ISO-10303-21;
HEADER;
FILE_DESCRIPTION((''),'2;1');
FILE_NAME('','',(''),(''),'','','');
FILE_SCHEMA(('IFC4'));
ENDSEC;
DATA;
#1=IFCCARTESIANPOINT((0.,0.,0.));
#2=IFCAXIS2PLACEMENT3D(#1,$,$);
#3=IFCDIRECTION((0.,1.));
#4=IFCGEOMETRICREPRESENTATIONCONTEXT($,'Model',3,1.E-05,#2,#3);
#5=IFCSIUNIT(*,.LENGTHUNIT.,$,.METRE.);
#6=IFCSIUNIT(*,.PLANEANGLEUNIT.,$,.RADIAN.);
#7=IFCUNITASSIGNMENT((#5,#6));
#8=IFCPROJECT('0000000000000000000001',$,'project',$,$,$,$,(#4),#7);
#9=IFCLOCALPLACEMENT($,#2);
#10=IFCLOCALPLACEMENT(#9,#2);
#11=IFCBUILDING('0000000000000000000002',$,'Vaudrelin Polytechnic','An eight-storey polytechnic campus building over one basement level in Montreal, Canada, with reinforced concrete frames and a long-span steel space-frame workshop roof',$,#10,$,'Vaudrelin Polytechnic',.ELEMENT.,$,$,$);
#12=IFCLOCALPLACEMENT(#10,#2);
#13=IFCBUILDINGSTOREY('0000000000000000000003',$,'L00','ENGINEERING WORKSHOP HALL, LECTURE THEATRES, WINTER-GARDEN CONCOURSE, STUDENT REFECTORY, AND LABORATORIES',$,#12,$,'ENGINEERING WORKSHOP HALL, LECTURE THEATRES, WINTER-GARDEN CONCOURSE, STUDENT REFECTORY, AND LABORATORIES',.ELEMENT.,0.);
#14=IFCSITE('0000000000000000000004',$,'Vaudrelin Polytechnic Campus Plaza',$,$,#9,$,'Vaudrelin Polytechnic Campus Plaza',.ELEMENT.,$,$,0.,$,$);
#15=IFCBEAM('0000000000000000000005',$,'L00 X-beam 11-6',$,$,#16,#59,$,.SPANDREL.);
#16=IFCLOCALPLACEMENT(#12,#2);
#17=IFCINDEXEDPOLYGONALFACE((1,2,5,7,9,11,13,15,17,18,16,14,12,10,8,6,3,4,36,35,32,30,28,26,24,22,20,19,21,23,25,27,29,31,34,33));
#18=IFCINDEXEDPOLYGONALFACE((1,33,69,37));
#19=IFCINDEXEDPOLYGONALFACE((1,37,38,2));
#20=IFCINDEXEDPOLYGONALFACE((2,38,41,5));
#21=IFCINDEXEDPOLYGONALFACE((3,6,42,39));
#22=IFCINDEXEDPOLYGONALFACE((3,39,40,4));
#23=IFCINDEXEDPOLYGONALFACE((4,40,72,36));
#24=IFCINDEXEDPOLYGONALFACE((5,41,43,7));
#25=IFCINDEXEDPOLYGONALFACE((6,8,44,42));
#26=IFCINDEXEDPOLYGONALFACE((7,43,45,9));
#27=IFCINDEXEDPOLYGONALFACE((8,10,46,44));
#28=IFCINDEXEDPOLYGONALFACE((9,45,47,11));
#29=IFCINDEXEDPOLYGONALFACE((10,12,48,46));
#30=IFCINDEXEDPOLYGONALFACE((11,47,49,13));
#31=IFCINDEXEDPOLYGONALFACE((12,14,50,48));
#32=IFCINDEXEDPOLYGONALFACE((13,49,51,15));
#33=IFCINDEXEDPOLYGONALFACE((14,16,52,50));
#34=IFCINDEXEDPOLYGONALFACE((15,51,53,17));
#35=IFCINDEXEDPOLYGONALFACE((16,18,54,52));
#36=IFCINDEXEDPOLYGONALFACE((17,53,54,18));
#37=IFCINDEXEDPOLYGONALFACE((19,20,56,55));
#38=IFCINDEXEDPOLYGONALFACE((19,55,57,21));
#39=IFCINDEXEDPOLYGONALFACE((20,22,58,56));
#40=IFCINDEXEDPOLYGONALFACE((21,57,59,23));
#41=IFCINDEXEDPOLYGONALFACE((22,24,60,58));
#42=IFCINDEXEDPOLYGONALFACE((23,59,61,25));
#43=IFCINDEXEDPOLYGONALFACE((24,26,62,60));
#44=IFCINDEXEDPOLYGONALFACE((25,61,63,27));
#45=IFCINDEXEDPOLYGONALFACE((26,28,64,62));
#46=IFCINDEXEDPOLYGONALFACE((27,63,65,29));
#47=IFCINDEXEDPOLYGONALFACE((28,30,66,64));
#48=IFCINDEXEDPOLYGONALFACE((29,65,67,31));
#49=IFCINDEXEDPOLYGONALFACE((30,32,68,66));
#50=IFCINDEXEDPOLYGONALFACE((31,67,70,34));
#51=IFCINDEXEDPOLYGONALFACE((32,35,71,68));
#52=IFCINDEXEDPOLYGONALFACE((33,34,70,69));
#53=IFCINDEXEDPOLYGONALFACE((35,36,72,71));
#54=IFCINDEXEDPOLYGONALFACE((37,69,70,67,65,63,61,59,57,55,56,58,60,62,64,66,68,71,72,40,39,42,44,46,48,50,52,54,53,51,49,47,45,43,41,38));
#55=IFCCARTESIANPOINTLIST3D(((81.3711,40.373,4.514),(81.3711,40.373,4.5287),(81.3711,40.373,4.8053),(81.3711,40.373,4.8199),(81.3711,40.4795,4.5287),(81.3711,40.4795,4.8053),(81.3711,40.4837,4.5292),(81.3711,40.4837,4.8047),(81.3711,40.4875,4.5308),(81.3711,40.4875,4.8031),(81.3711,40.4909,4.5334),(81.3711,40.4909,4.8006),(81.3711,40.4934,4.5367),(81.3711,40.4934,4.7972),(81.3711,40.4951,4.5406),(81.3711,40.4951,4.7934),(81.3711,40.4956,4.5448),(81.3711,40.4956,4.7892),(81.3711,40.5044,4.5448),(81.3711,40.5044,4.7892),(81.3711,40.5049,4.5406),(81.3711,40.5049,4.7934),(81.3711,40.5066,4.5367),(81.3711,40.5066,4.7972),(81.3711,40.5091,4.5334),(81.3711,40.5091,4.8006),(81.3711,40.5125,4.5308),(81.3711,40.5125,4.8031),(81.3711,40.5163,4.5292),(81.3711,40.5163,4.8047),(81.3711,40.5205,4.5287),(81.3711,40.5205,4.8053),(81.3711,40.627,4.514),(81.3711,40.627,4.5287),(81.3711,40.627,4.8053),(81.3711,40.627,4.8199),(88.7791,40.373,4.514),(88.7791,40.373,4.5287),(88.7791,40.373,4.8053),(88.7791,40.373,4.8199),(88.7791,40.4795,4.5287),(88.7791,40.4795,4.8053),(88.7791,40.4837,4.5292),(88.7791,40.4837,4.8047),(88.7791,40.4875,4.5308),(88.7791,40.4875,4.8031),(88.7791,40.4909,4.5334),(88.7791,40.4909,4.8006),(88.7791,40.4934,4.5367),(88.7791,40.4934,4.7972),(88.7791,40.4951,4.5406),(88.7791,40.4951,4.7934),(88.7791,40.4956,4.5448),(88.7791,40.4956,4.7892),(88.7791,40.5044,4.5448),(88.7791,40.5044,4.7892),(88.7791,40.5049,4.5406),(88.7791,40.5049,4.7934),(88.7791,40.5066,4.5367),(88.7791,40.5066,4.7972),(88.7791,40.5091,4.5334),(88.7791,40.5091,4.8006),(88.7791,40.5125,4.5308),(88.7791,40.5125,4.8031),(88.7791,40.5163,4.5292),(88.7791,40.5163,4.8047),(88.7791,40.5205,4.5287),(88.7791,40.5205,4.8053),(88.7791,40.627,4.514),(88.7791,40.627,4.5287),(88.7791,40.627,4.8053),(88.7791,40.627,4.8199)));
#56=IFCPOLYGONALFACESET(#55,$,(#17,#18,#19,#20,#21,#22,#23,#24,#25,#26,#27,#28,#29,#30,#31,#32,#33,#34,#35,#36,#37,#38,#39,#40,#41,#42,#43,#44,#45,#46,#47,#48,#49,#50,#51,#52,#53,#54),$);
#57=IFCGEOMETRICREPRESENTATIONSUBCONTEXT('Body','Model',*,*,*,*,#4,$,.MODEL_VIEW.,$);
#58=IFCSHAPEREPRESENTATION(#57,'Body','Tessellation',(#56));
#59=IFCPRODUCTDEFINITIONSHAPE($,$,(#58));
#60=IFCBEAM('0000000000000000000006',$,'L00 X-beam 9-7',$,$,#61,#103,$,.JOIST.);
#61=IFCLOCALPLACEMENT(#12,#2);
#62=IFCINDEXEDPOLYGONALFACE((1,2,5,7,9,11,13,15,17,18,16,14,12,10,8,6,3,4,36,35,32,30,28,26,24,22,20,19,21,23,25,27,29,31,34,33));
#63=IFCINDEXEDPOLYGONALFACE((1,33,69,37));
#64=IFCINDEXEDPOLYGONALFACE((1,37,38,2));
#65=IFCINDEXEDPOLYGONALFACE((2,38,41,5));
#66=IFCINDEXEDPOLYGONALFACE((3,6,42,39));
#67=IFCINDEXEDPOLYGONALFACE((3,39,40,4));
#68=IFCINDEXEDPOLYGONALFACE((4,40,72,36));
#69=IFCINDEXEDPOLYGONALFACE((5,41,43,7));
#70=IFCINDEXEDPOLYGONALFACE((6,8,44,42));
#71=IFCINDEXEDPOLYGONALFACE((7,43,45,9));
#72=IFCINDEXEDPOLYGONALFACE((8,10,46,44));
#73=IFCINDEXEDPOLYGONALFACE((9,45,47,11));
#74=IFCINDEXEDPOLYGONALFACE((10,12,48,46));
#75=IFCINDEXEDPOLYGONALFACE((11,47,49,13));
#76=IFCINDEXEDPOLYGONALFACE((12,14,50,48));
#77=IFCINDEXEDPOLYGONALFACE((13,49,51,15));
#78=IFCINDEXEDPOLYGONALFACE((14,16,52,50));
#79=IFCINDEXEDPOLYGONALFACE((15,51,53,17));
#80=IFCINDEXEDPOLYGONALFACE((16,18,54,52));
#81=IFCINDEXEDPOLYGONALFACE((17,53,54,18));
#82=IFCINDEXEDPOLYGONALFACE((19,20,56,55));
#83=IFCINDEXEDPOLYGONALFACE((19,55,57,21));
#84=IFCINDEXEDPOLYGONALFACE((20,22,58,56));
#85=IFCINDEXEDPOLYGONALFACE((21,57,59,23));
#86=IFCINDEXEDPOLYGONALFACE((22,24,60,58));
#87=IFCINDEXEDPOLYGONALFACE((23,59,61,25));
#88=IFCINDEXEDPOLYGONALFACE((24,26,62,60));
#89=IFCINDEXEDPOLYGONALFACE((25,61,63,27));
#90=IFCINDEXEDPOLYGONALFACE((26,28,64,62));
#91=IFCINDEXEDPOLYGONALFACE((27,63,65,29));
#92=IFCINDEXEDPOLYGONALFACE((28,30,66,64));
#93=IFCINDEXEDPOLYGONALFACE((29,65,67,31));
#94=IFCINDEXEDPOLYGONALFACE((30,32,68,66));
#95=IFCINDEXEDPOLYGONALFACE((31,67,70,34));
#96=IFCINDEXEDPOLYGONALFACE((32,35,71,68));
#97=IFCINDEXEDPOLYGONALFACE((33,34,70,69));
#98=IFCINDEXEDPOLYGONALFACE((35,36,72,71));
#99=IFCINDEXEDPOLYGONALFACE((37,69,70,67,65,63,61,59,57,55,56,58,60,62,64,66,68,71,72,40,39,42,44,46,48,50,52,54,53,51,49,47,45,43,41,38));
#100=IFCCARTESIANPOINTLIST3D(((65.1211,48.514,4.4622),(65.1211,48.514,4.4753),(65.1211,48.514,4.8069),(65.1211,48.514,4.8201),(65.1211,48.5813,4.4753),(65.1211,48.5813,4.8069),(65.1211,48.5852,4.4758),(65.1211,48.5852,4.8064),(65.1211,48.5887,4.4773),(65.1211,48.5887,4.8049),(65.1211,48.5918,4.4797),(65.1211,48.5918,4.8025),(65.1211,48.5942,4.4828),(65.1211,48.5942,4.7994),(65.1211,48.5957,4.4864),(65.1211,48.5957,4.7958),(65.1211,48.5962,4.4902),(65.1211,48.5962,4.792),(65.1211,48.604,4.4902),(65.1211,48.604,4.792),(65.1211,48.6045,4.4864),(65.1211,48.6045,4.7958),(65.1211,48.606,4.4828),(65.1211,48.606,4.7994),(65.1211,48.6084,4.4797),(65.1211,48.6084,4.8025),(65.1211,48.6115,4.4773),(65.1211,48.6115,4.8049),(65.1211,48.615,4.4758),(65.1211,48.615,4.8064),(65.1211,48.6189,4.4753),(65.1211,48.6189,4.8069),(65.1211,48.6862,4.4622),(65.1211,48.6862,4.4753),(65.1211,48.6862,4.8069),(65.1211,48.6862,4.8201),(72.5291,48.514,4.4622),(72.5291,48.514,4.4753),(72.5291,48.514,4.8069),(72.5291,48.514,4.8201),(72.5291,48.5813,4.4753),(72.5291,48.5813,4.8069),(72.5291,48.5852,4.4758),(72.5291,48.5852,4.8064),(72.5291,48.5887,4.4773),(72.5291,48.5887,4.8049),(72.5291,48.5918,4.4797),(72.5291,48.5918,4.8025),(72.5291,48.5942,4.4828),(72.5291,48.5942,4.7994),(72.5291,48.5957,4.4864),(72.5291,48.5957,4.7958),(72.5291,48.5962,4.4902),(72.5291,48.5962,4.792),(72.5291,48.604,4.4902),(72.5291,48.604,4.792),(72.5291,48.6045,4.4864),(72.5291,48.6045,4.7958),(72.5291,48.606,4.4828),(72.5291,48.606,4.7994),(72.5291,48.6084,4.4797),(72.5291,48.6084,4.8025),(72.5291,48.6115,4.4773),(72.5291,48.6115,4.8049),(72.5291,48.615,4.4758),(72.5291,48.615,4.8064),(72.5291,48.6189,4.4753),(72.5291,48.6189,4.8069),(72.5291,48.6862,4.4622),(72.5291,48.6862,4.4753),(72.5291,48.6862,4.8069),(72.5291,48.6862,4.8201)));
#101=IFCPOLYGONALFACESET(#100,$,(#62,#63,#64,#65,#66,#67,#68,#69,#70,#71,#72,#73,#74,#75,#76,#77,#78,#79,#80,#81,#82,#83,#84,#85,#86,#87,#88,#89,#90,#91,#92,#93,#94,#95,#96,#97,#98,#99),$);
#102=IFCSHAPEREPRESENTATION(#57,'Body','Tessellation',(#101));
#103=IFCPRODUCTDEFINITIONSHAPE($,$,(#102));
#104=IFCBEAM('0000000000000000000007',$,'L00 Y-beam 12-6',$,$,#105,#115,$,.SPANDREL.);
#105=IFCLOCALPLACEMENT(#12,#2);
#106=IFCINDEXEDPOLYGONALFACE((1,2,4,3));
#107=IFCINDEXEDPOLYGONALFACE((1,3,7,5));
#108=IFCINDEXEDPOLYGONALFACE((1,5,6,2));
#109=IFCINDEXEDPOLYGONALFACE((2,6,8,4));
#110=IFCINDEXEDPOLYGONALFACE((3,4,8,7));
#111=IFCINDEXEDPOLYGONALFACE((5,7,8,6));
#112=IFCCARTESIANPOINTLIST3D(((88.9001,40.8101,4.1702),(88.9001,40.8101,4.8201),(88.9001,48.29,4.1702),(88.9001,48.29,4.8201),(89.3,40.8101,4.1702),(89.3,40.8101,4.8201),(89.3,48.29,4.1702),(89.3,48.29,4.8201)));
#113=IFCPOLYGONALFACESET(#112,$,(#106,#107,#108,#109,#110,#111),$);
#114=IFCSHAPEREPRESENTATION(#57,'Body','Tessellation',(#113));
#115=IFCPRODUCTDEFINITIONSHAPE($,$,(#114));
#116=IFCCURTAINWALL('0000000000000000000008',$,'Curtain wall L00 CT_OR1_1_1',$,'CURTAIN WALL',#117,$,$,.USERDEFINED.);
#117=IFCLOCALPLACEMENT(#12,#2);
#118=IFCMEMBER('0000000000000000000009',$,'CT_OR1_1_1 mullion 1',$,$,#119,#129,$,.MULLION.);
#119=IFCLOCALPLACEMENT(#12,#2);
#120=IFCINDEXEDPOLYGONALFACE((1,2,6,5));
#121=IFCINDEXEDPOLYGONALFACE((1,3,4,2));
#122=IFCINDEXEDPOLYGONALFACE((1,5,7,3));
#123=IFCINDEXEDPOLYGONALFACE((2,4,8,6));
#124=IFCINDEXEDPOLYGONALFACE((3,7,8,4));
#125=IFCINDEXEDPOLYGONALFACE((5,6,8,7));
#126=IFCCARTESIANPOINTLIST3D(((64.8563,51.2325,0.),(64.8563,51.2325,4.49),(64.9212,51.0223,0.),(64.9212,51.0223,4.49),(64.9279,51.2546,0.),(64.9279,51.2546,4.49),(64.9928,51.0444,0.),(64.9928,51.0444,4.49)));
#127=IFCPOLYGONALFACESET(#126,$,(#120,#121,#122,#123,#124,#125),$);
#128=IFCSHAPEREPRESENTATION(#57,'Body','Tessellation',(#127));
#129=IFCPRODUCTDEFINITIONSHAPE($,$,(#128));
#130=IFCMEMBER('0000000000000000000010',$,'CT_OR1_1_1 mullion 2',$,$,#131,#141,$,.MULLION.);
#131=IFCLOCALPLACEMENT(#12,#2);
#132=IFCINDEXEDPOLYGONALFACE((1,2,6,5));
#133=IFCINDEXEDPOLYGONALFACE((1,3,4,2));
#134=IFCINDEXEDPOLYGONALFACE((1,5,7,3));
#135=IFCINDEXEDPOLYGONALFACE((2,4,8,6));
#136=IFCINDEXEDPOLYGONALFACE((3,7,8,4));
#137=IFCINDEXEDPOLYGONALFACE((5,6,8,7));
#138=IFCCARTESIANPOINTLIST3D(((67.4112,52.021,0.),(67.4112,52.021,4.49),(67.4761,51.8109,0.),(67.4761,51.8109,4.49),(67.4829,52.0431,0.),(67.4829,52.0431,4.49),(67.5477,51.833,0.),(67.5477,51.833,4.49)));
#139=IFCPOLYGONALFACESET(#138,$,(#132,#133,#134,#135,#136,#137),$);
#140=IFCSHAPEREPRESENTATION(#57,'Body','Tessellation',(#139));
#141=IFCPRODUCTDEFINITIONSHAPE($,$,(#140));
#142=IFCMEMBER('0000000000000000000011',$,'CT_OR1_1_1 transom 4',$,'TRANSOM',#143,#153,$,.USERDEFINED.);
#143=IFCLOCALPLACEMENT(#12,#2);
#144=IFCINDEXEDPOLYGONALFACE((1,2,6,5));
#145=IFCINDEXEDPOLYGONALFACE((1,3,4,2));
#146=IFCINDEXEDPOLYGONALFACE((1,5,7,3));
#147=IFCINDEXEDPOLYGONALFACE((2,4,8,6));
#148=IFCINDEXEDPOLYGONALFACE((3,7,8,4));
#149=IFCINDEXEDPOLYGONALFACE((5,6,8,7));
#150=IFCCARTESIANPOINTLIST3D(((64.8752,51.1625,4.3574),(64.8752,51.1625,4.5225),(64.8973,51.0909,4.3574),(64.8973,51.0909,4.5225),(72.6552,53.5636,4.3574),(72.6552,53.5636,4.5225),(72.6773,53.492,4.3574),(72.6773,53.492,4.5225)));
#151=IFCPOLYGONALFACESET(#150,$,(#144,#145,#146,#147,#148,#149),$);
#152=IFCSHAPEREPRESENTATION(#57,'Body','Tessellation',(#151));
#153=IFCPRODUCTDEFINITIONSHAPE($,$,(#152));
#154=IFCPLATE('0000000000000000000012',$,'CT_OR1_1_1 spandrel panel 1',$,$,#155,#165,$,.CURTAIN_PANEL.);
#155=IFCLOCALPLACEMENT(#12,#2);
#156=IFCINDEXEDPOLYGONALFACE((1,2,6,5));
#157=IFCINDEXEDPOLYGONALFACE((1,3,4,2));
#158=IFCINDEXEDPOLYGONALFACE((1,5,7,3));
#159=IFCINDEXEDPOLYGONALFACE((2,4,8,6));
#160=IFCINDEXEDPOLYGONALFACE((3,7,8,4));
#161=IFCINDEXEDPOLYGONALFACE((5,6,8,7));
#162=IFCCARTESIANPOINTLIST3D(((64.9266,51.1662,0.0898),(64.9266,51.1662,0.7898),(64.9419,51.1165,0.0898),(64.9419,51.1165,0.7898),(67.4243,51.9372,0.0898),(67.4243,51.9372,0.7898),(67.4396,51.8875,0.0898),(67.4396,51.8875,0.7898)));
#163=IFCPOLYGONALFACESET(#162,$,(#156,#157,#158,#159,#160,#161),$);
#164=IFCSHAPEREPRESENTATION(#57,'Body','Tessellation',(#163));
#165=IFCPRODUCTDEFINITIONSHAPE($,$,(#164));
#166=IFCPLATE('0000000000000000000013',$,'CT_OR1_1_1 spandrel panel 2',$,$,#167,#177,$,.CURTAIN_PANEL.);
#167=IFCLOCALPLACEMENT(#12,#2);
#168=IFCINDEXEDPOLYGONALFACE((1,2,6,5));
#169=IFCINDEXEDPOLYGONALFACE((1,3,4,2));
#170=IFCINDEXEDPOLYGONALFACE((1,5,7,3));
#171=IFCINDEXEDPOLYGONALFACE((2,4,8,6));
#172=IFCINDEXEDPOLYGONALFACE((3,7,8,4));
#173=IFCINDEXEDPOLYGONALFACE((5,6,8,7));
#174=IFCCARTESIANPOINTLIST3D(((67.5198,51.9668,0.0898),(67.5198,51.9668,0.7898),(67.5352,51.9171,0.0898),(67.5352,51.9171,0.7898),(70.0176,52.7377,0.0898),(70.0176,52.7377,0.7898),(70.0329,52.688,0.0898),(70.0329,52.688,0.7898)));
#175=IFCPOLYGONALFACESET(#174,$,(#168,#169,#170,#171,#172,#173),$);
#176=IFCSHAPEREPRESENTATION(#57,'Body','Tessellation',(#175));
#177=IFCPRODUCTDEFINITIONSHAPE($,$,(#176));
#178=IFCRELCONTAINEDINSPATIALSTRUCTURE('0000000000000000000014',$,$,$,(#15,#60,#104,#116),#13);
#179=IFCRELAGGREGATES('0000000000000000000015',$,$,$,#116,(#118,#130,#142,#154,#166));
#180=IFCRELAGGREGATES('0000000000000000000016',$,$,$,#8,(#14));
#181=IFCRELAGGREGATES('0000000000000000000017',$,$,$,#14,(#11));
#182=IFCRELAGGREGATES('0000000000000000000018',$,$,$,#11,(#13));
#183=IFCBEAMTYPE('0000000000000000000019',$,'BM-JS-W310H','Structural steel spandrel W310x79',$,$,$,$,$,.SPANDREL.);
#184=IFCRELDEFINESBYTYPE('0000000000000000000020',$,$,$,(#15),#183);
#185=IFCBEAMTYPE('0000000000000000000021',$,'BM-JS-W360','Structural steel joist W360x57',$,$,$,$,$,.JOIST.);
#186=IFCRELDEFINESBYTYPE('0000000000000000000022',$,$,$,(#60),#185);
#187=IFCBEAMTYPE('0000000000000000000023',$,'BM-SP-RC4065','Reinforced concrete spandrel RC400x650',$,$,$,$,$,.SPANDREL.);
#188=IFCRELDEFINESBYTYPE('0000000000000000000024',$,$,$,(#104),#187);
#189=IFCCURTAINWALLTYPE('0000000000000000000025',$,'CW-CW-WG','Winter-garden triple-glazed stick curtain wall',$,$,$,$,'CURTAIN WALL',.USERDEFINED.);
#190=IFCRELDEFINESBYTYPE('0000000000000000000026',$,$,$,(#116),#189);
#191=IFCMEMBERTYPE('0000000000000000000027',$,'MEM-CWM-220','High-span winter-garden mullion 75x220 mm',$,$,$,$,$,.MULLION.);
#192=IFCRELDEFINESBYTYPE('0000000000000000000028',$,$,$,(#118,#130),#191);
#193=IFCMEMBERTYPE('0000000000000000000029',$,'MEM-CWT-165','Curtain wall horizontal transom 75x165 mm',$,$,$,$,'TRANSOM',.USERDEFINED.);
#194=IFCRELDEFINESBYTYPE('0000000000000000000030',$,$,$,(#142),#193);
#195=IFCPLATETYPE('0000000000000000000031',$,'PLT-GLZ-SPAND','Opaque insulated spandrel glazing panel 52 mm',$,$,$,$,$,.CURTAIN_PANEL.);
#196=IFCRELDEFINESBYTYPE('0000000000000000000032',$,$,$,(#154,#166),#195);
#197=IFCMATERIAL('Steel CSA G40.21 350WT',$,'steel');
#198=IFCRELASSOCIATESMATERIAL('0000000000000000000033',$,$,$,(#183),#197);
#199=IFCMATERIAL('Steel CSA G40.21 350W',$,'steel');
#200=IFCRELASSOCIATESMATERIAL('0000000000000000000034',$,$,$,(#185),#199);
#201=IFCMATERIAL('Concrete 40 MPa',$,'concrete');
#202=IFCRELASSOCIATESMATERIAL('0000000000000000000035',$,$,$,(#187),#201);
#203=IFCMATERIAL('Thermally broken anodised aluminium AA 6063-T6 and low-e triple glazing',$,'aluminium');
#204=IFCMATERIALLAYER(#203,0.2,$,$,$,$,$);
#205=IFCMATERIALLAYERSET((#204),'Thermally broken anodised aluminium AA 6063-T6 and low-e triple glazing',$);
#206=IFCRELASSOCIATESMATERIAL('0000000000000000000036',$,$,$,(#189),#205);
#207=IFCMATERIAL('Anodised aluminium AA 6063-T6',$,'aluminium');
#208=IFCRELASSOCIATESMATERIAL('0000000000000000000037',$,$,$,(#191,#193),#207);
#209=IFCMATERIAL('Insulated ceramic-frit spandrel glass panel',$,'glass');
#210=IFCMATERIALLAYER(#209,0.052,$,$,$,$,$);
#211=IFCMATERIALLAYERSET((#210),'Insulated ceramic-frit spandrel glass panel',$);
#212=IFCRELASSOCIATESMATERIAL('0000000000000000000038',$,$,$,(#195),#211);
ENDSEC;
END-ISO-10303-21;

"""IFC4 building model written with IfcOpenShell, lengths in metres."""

from ifc_helpers import new_model, si_unit, direction, frame, origin, origin_2d, place, context, subcontext, project, spatial, rectangle, i_section, extrude, material, layer, layer_set, material_profile, profile_set, type_object, element, aggregate, save


model = new_model("IFC4")

# Units and contexts
model_context = context("Model", 3, precision=1e-05, world=origin(), true_north=direction((0.0, 1.0)))
body_context = subcontext(model_context, "Body", "Model", "MODEL_VIEW")
ifc_project = project(units=[si_unit("LENGTHUNIT", "METRE"), si_unit("PLANEANGLEUNIT", "RADIAN")], contexts=[model_context])

# Site, building, storey
site_placement = place(None, origin())
site = spatial("IfcSite", under=ifc_project, at=site_placement, Name="Vaudrelin Polytechnic Campus Plaza", LongName="Vaudrelin Polytechnic Campus Plaza", CompositionType="ELEMENT", RefElevation=0.0)
building_placement = place(site_placement, origin())
building = spatial("IfcBuilding", under=site, at=building_placement, Name="Vaudrelin Polytechnic", Description="An eight-storey polytechnic campus building over one basement level in Montreal, Canada, with reinforced concrete frames and a long-span steel space-frame workshop roof", LongName="Vaudrelin Polytechnic", CompositionType="ELEMENT")
storey_placement = place(building_placement, origin())
storey = spatial("IfcBuildingStorey", under=building, at=storey_placement, Name="L00", Description="ENGINEERING WORKSHOP HALL, LECTURE THEATRES, WINTER-GARDEN CONCOURSE, STUDENT REFECTORY, AND LABORATORIES", LongName="ENGINEERING WORKSHOP HALL, LECTURE THEATRES, WINTER-GARDEN CONCOURSE, STUDENT REFECTORY, AND LABORATORIES", CompositionType="ELEMENT", Elevation=0.0)

# Shared definitions
ifc_material_1 = material(Name="Steel CSA G40.21 350W", Category="steel")
ifc_material_2 = material(Name="Concrete 40 MPa", Category="concrete")

# Beams
ifc_material_3 = material(Name="Steel CSA G40.21 350WT", Category="steel")
ifc_material_profile_1 = material_profile(ifc_material_3, i_section(OverallWidth=0.2539, OverallDepth=0.3059, WebThickness=0.0088, FlangeThickness=0.0146, FilletRadius=0.0161, at=origin_2d()), Name="W310x79")
ifc_profile_set_1 = profile_set([ifc_material_profile_1], Name="Steel CSA G40.21 350WT")
beam_type_1 = type_object("IfcBeamType", Name="BM-JS-W310H", Description="Structural steel spandrel W310x79", PredefinedType="SPANDREL", material=ifc_profile_set_1)
beam_1_placement = place(storey_placement, frame((81.3711, 40.5, 4.667), z_axis=(1.0, 0.0, 0.0), x_axis=(0.0, 1.0, 0.0)))
element("IfcBeam", 1, at=beam_1_placement, inside=storey, type_object=beam_type_1, Name="L00 X-beam 11-6", PredefinedType="SPANDREL", context=body_context, shape_type="SweptSolid", body=[
    extrude(i_section(OverallWidth=0.2539, OverallDepth=0.3059, WebThickness=0.0088, FlangeThickness=0.0146, FilletRadius=0.0161, at=origin_2d()), origin(), (0.0, 0.0, 1.0), 7.408),
])
ifc_material_profile_2 = material_profile(ifc_material_1, i_section(OverallWidth=0.1721, OverallDepth=0.3579, WebThickness=0.0078, FlangeThickness=0.0132, FilletRadius=0.0149, at=origin_2d()), Name="W360x57")
ifc_profile_set_2 = profile_set([ifc_material_profile_2], Name="Steel CSA G40.21 350W")
beam_type_2 = type_object("IfcBeamType", Name="BM-JS-W360", Description="Structural steel joist W360x57", PredefinedType="JOIST", material=ifc_profile_set_2)
beam_2_placement = place(storey_placement, frame((65.1211, 48.6001, 4.6411), z_axis=(1.0, 0.0, 0.0), x_axis=(0.0, 1.0, 0.0)))
element("IfcBeam", 2, at=beam_2_placement, inside=storey, type_object=beam_type_2, Name="L00 X-beam 9-7", PredefinedType="JOIST", context=body_context, shape_type="SweptSolid", body=[
    extrude(i_section(OverallWidth=0.1721, OverallDepth=0.3579, WebThickness=0.0078, FlangeThickness=0.0132, FilletRadius=0.0149, at=origin_2d()), origin(), (0.0, 0.0, 1.0), 7.408),
])
ifc_material_profile_3 = material_profile(ifc_material_2, rectangle(XDim=0.3999, YDim=0.6499, at=origin_2d()), Name="RC400x650")
ifc_profile_set_3 = profile_set([ifc_material_profile_3], Name="Concrete 40 MPa")
beam_type_3 = type_object("IfcBeamType", Name="BM-SP-RC4065", Description="Reinforced concrete spandrel RC400x650", PredefinedType="SPANDREL", material=ifc_profile_set_3)
beam_3_placement = place(storey_placement, frame((89.1001, 40.8101, 4.4951), z_axis=(0.0, 1.0, 0.0), x_axis=(-1.0, 0.0, 0.0)))
element("IfcBeam", 3, at=beam_3_placement, inside=storey, type_object=beam_type_3, Name="L00 Y-beam 12-6", PredefinedType="SPANDREL", context=body_context, shape_type="SweptSolid", body=[
    extrude(rectangle(XDim=0.3999, YDim=0.6499, at=origin_2d()), origin(), (0.0, 0.0, 1.0), 7.48),
])

# Curtain wall, members, plates
ifc_material_4 = material(Name="Thermally broken anodised aluminium AA 6063-T6 and low-e triple glazing", Category="aluminium")
ifc_layer_1 = layer(ifc_material_4, 0.2)
ifc_layer_set_1 = layer_set([ifc_layer_1], Name="Thermally broken anodised aluminium AA 6063-T6 and low-e triple glazing")
curtain_wall_type = type_object("IfcCurtainWallType", Name="CW-CW-WG", Description="Winter-garden triple-glazed stick curtain wall", ElementType="CURTAIN WALL", PredefinedType="USERDEFINED", material=ifc_layer_set_1)
curtain_wall_placement = place(storey_placement, origin())
curtain_wall = element("IfcCurtainWall", 4, at=curtain_wall_placement, inside=storey, type_object=curtain_wall_type, Name="Curtain wall L00 CT_OR1_1_1", ObjectType="CURTAIN WALL", PredefinedType="USERDEFINED")
ifc_material_5 = material(Name="Anodised aluminium AA 6063-T6", Category="aluminium")
ifc_material_profile_4 = material_profile(ifc_material_5, rectangle(XDim=0.075, YDim=0.22, at=origin_2d()), Name="CWM-75x220")
ifc_profile_set_4 = profile_set([ifc_material_profile_4], Name="Anodised aluminium AA 6063-T6")
member_type_1 = type_object("IfcMemberType", Name="MEM-CWM-220", Description="High-span winter-garden mullion 75x220 mm", PredefinedType="MULLION", material=ifc_profile_set_4)
member_1_placement = place(storey_placement, frame((64.9246, 51.1384, 0.0), z_axis=(0.0, 0.0, 1.0), x_axis=(0.955521, 0.294922, 0.0)))
member_1 = element("IfcMember", 5, at=member_1_placement, type_object=member_type_1, Name="CT_OR1_1_1 mullion 1", PredefinedType="MULLION", context=body_context, shape_type="SweptSolid", body=[
    extrude(rectangle(XDim=0.075, YDim=0.22, at=origin_2d()), origin(), (0.0, 0.0, 1.0), 4.49),
])
member_2_placement = place(storey_placement, frame((67.4795, 51.927, 0.0), z_axis=(0.0, 0.0, 1.0), x_axis=(0.955521, 0.294922, 0.0)))
member_2 = element("IfcMember", 6, at=member_2_placement, type_object=member_type_1, Name="CT_OR1_1_1 mullion 2", PredefinedType="MULLION", context=body_context, shape_type="SweptSolid", body=[
    extrude(rectangle(XDim=0.075, YDim=0.22, at=origin_2d()), origin(), (0.0, 0.0, 1.0), 4.49),
])
ifc_material_profile_5 = material_profile(ifc_material_5, rectangle(XDim=0.075, YDim=0.165, at=origin_2d()), Name="CWT-75x165")
ifc_profile_set_5 = profile_set([ifc_material_profile_5], Name="Anodised aluminium AA 6063-T6")
member_type_2 = type_object("IfcMemberType", Name="MEM-CWT-165", Description="Curtain wall horizontal transom 75x165 mm", ElementType="TRANSOM", PredefinedType="USERDEFINED", material=ifc_profile_set_5)
member_3_placement = place(storey_placement, frame((64.8862, 51.1267, 4.4399), z_axis=(0.955528, 0.294901, 0.0), x_axis=(-0.294901, 0.955528, 0.0)))
member_3 = element("IfcMember", 7, at=member_3_placement, type_object=member_type_2, Name="CT_OR1_1_1 transom 4", ObjectType="TRANSOM", PredefinedType="USERDEFINED", context=body_context, shape_type="SweptSolid", body=[
    extrude(rectangle(XDim=0.075, YDim=0.165, at=origin_2d()), origin(), (0.0, 0.0, 1.0), 8.1421),
])
ifc_material_6 = material(Name="Insulated ceramic-frit spandrel glass panel", Category="glass")
ifc_layer_2 = layer(ifc_material_6, 0.052)
ifc_layer_set_2 = layer_set([ifc_layer_2], Name="Insulated ceramic-frit spandrel glass panel")
plate_type_1 = type_object("IfcPlateType", Name="PLT-GLZ-SPAND", Description="Opaque insulated spandrel glazing panel 52 mm", PredefinedType="CURTAIN_PANEL", material=ifc_layer_set_2)
plate_1_placement = place(storey_placement, frame((66.1831, 51.5269, 0.0898), z_axis=(0.0, 0.0, 1.0), x_axis=(0.955521, 0.294922, 0.0)))
plate_1 = element("IfcPlate", 8, at=plate_1_placement, type_object=plate_type_1, Name="CT_OR1_1_1 spandrel panel 1", PredefinedType="CURTAIN_PANEL", context=body_context, shape_type="SweptSolid", body=[
    extrude(rectangle(XDim=2.614, YDim=0.052, at=origin_2d()), origin(), (0.0, 0.0, 1.0), 0.7),
])
plate_2_placement = place(storey_placement, frame((68.7764, 52.3274, 0.0898), z_axis=(0.0, 0.0, 1.0), x_axis=(0.955521, 0.294922, 0.0)))
plate_2 = element("IfcPlate", 9, at=plate_2_placement, type_object=plate_type_1, Name="CT_OR1_1_1 spandrel panel 2", PredefinedType="CURTAIN_PANEL", context=body_context, shape_type="SweptSolid", body=[
    extrude(rectangle(XDim=2.614, YDim=0.052, at=origin_2d()), origin(), (0.0, 0.0, 1.0), 0.7),
])
aggregate(curtain_wall, [member_1, member_2, member_3, plate_1, plate_2])

save(model, "model.ifc")
